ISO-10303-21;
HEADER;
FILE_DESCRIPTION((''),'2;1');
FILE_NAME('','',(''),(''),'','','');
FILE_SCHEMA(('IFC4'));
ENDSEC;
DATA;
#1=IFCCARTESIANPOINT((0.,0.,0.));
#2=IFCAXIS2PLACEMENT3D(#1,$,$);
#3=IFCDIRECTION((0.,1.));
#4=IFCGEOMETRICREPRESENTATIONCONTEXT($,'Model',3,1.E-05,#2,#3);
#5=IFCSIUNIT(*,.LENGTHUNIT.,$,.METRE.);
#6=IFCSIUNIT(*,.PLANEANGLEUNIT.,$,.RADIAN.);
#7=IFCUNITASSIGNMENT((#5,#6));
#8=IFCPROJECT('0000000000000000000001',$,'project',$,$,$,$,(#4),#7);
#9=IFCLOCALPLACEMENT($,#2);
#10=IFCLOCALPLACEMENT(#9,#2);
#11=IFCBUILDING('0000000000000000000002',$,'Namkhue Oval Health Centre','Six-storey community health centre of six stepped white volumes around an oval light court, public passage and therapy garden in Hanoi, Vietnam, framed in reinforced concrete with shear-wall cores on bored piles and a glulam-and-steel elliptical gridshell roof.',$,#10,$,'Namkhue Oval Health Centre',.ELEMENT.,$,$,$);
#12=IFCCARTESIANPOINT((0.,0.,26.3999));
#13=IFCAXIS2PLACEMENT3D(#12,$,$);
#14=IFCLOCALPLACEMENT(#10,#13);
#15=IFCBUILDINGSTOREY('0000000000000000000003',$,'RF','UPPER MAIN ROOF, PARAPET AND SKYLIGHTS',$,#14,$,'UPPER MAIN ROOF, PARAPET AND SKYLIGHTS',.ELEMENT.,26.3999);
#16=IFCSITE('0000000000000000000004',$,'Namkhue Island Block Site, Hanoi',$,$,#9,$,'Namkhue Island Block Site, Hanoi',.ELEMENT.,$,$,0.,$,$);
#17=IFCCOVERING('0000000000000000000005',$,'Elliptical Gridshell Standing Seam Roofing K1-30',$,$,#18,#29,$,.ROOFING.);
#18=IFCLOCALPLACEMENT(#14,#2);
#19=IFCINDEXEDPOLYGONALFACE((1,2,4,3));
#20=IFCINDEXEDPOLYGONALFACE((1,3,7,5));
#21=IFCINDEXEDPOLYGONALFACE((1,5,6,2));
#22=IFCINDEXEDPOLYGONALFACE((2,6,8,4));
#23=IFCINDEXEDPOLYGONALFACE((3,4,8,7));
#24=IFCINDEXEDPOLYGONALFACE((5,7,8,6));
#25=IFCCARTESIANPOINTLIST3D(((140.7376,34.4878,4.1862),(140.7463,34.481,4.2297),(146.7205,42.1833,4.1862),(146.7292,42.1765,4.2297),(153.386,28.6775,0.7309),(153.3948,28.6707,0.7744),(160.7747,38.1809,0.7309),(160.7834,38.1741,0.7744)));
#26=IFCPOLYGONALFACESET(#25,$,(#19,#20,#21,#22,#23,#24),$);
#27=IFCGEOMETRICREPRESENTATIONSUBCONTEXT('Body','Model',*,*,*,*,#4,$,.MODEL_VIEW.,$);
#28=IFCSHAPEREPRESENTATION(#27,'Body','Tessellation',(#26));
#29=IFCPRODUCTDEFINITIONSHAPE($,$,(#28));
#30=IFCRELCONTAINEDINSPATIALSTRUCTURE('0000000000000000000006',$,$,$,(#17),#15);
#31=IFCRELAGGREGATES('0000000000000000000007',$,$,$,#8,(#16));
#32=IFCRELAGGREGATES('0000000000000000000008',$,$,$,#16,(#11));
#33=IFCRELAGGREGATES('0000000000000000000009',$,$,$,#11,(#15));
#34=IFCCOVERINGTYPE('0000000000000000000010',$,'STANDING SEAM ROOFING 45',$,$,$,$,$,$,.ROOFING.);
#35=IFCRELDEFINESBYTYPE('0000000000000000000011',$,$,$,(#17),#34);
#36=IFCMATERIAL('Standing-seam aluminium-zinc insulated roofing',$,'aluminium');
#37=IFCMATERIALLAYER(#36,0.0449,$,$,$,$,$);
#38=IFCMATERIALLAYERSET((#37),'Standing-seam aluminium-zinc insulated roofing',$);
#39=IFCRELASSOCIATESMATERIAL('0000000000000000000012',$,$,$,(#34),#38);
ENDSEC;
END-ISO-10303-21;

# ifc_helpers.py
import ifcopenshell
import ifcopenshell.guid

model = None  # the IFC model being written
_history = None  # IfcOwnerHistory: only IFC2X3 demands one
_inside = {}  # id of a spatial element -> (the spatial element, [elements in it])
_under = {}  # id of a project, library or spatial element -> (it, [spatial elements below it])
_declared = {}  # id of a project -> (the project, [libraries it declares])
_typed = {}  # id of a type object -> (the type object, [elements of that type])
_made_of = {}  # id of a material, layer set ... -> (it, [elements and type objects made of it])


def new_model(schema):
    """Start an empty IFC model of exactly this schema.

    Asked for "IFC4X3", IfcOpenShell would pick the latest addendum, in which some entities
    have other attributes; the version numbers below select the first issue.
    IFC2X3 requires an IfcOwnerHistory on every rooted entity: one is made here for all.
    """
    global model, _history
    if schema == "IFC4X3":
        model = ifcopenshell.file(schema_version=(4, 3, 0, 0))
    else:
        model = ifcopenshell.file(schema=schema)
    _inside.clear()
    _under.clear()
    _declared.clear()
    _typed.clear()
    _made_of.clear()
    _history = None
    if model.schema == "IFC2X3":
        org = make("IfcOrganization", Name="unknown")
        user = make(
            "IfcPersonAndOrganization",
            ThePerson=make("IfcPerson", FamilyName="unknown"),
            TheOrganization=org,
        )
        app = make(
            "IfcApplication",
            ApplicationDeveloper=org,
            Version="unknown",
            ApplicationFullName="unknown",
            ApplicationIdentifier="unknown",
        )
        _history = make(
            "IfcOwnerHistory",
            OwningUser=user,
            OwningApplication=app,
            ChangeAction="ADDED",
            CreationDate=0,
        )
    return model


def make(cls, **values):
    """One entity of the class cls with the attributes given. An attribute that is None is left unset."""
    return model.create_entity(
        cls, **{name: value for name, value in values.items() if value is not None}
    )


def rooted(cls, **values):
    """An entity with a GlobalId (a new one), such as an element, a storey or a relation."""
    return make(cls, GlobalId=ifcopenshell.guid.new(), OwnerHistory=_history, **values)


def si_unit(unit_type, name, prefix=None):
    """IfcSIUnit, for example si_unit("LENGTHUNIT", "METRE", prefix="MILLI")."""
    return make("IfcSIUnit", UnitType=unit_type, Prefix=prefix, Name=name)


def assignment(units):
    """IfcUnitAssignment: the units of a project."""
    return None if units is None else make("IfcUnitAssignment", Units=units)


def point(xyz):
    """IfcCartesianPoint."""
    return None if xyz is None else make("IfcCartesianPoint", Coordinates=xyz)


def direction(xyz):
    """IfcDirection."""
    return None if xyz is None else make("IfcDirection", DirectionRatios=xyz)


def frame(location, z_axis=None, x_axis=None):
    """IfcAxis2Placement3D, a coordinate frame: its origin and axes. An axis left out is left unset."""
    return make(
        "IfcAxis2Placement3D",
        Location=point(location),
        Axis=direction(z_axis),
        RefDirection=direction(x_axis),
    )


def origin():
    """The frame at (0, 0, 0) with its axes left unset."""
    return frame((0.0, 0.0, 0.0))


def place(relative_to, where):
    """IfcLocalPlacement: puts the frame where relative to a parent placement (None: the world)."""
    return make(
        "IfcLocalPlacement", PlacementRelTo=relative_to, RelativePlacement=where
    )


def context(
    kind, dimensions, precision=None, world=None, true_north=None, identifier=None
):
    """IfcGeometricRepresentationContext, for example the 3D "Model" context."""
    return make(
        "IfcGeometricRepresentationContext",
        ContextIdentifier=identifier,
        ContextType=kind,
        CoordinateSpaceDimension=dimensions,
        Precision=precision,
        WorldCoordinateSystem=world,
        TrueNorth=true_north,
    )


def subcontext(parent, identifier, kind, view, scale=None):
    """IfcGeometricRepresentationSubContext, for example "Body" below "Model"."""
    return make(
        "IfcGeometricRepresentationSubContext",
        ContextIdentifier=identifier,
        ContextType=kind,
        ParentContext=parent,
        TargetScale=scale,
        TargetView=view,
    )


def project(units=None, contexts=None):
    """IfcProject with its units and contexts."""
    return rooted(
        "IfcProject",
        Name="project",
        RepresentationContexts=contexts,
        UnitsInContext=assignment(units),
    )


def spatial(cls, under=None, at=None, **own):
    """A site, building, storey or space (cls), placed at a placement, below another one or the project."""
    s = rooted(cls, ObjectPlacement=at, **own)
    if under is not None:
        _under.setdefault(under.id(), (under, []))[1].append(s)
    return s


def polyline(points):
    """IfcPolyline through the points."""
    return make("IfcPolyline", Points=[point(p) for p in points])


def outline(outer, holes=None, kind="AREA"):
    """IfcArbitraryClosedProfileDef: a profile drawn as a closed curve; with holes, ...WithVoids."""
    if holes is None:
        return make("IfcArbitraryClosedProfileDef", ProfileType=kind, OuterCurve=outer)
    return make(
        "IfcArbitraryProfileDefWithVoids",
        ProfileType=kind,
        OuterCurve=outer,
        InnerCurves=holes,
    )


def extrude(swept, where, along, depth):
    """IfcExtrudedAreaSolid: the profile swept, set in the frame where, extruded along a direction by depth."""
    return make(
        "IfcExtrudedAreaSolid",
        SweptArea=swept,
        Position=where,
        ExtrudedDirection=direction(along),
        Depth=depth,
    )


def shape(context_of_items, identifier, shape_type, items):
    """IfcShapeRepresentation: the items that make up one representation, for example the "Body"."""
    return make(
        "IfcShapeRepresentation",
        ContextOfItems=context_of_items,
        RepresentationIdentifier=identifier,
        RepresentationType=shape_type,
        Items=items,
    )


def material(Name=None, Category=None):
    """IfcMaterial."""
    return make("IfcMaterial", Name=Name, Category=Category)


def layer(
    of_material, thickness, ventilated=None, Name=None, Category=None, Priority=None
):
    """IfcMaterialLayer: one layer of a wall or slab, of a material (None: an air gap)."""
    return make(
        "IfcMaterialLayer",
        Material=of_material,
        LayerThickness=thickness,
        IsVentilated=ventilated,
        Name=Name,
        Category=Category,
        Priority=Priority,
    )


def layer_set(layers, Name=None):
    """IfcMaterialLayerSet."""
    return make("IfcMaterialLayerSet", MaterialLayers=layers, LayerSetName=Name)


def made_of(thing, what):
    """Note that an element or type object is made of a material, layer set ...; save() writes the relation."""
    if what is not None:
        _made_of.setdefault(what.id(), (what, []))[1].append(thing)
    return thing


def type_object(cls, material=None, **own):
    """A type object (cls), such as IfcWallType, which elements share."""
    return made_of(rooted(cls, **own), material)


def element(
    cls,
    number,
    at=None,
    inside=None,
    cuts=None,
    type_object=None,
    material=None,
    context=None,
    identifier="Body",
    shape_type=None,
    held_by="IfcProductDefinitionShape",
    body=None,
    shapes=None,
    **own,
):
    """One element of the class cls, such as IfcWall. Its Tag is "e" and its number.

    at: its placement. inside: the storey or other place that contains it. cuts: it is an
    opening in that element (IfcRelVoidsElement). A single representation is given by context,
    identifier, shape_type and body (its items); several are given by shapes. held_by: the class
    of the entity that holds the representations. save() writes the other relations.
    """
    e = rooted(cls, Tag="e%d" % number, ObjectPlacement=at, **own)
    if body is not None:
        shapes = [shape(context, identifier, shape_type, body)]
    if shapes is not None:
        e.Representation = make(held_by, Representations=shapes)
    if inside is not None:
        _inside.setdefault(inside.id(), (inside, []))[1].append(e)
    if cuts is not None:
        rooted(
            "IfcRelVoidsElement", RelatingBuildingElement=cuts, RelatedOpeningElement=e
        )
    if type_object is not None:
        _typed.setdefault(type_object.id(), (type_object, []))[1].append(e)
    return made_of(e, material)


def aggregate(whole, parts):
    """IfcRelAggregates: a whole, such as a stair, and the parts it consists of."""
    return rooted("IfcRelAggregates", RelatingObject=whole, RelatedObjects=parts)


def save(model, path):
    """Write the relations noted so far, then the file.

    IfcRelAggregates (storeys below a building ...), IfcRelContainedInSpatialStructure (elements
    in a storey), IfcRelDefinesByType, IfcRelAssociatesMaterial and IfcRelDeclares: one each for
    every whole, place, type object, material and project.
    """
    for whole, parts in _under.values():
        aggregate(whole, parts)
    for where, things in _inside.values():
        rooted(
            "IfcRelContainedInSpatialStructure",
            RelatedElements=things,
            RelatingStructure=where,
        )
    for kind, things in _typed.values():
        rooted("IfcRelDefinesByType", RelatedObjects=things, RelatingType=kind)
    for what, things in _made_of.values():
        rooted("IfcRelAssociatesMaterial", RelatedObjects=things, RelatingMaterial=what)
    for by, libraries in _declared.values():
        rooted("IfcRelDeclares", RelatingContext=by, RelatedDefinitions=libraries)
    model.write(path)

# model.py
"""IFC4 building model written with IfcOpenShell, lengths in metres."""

from ifc_helpers import new_model, si_unit, direction, frame, origin, place, context, subcontext, project, spatial, polyline, outline, extrude, material, layer, layer_set, type_object, element, save


model = new_model("IFC4")

# Units and contexts
model_context = context("Model", 3, precision=1e-05, world=origin(), true_north=direction((0.0, 1.0)))
body_context = subcontext(model_context, "Body", "Model", "MODEL_VIEW")
ifc_project = project(units=[si_unit("LENGTHUNIT", "METRE"), si_unit("PLANEANGLEUNIT", "RADIAN")], contexts=[model_context])

# Site, building, storey
site_placement = place(None, origin())
site = spatial("IfcSite", under=ifc_project, at=site_placement, Name="Namkhue Island Block Site, Hanoi", LongName="Namkhue Island Block Site, Hanoi", CompositionType="ELEMENT", RefElevation=0.0)
building_placement = place(site_placement, origin())
building = spatial("IfcBuilding", under=site, at=building_placement, Name="Namkhue Oval Health Centre", Description="Six-storey community health centre of six stepped white volumes around an oval light court, public passage and therapy garden in Hanoi, Vietnam, framed in reinforced concrete with shear-wall cores on bored piles and a glulam-and-steel elliptical gridshell roof.", LongName="Namkhue Oval Health Centre", CompositionType="ELEMENT")
storey_placement = place(building_placement, frame((0.0, 0.0, 26.3999)))
storey = spatial("IfcBuildingStorey", under=building, at=storey_placement, Name="RF", Description="UPPER MAIN ROOF, PARAPET AND SKYLIGHTS", LongName="UPPER MAIN ROOF, PARAPET AND SKYLIGHTS", CompositionType="ELEMENT", Elevation=26.3999)

# Covering
ifc_material_1 = material(Name="Standing-seam aluminium-zinc insulated roofing", Category="aluminium")
ifc_layer_1 = layer(ifc_material_1, 0.0449)
ifc_layer_set_1 = layer_set([ifc_layer_1], Name="Standing-seam aluminium-zinc insulated roofing")
covering_type_1 = type_object("IfcCoveringType", Name="STANDING SEAM ROOFING 45", PredefinedType="ROOFING", material=ifc_layer_set_1)
covering_1_placement = place(storey_placement, frame((153.3948, 28.6707, 0.7744), z_axis=(0.19505, -0.151645, 0.968999), x_axis=(0.613791, 0.789468, -0.000002)))
element("IfcCovering", 1, at=covering_1_placement, inside=storey, type_object=covering_type_1, Name="Elliptical Gridshell Standing Seam Roofing K1-30", PredefinedType="ROOFING", context=body_context, shape_type="SweptSolid", body=[
    extrude(outline(polyline([(0.0, 0.0), (12.0378, 0.0), (6.5712, 13.9856), (-3.1765, 13.9854), (0.0, 0.0)])), origin(), (0.0, 0.0, -1.0), 0.0449),
])

save(model, "model.ifc")
